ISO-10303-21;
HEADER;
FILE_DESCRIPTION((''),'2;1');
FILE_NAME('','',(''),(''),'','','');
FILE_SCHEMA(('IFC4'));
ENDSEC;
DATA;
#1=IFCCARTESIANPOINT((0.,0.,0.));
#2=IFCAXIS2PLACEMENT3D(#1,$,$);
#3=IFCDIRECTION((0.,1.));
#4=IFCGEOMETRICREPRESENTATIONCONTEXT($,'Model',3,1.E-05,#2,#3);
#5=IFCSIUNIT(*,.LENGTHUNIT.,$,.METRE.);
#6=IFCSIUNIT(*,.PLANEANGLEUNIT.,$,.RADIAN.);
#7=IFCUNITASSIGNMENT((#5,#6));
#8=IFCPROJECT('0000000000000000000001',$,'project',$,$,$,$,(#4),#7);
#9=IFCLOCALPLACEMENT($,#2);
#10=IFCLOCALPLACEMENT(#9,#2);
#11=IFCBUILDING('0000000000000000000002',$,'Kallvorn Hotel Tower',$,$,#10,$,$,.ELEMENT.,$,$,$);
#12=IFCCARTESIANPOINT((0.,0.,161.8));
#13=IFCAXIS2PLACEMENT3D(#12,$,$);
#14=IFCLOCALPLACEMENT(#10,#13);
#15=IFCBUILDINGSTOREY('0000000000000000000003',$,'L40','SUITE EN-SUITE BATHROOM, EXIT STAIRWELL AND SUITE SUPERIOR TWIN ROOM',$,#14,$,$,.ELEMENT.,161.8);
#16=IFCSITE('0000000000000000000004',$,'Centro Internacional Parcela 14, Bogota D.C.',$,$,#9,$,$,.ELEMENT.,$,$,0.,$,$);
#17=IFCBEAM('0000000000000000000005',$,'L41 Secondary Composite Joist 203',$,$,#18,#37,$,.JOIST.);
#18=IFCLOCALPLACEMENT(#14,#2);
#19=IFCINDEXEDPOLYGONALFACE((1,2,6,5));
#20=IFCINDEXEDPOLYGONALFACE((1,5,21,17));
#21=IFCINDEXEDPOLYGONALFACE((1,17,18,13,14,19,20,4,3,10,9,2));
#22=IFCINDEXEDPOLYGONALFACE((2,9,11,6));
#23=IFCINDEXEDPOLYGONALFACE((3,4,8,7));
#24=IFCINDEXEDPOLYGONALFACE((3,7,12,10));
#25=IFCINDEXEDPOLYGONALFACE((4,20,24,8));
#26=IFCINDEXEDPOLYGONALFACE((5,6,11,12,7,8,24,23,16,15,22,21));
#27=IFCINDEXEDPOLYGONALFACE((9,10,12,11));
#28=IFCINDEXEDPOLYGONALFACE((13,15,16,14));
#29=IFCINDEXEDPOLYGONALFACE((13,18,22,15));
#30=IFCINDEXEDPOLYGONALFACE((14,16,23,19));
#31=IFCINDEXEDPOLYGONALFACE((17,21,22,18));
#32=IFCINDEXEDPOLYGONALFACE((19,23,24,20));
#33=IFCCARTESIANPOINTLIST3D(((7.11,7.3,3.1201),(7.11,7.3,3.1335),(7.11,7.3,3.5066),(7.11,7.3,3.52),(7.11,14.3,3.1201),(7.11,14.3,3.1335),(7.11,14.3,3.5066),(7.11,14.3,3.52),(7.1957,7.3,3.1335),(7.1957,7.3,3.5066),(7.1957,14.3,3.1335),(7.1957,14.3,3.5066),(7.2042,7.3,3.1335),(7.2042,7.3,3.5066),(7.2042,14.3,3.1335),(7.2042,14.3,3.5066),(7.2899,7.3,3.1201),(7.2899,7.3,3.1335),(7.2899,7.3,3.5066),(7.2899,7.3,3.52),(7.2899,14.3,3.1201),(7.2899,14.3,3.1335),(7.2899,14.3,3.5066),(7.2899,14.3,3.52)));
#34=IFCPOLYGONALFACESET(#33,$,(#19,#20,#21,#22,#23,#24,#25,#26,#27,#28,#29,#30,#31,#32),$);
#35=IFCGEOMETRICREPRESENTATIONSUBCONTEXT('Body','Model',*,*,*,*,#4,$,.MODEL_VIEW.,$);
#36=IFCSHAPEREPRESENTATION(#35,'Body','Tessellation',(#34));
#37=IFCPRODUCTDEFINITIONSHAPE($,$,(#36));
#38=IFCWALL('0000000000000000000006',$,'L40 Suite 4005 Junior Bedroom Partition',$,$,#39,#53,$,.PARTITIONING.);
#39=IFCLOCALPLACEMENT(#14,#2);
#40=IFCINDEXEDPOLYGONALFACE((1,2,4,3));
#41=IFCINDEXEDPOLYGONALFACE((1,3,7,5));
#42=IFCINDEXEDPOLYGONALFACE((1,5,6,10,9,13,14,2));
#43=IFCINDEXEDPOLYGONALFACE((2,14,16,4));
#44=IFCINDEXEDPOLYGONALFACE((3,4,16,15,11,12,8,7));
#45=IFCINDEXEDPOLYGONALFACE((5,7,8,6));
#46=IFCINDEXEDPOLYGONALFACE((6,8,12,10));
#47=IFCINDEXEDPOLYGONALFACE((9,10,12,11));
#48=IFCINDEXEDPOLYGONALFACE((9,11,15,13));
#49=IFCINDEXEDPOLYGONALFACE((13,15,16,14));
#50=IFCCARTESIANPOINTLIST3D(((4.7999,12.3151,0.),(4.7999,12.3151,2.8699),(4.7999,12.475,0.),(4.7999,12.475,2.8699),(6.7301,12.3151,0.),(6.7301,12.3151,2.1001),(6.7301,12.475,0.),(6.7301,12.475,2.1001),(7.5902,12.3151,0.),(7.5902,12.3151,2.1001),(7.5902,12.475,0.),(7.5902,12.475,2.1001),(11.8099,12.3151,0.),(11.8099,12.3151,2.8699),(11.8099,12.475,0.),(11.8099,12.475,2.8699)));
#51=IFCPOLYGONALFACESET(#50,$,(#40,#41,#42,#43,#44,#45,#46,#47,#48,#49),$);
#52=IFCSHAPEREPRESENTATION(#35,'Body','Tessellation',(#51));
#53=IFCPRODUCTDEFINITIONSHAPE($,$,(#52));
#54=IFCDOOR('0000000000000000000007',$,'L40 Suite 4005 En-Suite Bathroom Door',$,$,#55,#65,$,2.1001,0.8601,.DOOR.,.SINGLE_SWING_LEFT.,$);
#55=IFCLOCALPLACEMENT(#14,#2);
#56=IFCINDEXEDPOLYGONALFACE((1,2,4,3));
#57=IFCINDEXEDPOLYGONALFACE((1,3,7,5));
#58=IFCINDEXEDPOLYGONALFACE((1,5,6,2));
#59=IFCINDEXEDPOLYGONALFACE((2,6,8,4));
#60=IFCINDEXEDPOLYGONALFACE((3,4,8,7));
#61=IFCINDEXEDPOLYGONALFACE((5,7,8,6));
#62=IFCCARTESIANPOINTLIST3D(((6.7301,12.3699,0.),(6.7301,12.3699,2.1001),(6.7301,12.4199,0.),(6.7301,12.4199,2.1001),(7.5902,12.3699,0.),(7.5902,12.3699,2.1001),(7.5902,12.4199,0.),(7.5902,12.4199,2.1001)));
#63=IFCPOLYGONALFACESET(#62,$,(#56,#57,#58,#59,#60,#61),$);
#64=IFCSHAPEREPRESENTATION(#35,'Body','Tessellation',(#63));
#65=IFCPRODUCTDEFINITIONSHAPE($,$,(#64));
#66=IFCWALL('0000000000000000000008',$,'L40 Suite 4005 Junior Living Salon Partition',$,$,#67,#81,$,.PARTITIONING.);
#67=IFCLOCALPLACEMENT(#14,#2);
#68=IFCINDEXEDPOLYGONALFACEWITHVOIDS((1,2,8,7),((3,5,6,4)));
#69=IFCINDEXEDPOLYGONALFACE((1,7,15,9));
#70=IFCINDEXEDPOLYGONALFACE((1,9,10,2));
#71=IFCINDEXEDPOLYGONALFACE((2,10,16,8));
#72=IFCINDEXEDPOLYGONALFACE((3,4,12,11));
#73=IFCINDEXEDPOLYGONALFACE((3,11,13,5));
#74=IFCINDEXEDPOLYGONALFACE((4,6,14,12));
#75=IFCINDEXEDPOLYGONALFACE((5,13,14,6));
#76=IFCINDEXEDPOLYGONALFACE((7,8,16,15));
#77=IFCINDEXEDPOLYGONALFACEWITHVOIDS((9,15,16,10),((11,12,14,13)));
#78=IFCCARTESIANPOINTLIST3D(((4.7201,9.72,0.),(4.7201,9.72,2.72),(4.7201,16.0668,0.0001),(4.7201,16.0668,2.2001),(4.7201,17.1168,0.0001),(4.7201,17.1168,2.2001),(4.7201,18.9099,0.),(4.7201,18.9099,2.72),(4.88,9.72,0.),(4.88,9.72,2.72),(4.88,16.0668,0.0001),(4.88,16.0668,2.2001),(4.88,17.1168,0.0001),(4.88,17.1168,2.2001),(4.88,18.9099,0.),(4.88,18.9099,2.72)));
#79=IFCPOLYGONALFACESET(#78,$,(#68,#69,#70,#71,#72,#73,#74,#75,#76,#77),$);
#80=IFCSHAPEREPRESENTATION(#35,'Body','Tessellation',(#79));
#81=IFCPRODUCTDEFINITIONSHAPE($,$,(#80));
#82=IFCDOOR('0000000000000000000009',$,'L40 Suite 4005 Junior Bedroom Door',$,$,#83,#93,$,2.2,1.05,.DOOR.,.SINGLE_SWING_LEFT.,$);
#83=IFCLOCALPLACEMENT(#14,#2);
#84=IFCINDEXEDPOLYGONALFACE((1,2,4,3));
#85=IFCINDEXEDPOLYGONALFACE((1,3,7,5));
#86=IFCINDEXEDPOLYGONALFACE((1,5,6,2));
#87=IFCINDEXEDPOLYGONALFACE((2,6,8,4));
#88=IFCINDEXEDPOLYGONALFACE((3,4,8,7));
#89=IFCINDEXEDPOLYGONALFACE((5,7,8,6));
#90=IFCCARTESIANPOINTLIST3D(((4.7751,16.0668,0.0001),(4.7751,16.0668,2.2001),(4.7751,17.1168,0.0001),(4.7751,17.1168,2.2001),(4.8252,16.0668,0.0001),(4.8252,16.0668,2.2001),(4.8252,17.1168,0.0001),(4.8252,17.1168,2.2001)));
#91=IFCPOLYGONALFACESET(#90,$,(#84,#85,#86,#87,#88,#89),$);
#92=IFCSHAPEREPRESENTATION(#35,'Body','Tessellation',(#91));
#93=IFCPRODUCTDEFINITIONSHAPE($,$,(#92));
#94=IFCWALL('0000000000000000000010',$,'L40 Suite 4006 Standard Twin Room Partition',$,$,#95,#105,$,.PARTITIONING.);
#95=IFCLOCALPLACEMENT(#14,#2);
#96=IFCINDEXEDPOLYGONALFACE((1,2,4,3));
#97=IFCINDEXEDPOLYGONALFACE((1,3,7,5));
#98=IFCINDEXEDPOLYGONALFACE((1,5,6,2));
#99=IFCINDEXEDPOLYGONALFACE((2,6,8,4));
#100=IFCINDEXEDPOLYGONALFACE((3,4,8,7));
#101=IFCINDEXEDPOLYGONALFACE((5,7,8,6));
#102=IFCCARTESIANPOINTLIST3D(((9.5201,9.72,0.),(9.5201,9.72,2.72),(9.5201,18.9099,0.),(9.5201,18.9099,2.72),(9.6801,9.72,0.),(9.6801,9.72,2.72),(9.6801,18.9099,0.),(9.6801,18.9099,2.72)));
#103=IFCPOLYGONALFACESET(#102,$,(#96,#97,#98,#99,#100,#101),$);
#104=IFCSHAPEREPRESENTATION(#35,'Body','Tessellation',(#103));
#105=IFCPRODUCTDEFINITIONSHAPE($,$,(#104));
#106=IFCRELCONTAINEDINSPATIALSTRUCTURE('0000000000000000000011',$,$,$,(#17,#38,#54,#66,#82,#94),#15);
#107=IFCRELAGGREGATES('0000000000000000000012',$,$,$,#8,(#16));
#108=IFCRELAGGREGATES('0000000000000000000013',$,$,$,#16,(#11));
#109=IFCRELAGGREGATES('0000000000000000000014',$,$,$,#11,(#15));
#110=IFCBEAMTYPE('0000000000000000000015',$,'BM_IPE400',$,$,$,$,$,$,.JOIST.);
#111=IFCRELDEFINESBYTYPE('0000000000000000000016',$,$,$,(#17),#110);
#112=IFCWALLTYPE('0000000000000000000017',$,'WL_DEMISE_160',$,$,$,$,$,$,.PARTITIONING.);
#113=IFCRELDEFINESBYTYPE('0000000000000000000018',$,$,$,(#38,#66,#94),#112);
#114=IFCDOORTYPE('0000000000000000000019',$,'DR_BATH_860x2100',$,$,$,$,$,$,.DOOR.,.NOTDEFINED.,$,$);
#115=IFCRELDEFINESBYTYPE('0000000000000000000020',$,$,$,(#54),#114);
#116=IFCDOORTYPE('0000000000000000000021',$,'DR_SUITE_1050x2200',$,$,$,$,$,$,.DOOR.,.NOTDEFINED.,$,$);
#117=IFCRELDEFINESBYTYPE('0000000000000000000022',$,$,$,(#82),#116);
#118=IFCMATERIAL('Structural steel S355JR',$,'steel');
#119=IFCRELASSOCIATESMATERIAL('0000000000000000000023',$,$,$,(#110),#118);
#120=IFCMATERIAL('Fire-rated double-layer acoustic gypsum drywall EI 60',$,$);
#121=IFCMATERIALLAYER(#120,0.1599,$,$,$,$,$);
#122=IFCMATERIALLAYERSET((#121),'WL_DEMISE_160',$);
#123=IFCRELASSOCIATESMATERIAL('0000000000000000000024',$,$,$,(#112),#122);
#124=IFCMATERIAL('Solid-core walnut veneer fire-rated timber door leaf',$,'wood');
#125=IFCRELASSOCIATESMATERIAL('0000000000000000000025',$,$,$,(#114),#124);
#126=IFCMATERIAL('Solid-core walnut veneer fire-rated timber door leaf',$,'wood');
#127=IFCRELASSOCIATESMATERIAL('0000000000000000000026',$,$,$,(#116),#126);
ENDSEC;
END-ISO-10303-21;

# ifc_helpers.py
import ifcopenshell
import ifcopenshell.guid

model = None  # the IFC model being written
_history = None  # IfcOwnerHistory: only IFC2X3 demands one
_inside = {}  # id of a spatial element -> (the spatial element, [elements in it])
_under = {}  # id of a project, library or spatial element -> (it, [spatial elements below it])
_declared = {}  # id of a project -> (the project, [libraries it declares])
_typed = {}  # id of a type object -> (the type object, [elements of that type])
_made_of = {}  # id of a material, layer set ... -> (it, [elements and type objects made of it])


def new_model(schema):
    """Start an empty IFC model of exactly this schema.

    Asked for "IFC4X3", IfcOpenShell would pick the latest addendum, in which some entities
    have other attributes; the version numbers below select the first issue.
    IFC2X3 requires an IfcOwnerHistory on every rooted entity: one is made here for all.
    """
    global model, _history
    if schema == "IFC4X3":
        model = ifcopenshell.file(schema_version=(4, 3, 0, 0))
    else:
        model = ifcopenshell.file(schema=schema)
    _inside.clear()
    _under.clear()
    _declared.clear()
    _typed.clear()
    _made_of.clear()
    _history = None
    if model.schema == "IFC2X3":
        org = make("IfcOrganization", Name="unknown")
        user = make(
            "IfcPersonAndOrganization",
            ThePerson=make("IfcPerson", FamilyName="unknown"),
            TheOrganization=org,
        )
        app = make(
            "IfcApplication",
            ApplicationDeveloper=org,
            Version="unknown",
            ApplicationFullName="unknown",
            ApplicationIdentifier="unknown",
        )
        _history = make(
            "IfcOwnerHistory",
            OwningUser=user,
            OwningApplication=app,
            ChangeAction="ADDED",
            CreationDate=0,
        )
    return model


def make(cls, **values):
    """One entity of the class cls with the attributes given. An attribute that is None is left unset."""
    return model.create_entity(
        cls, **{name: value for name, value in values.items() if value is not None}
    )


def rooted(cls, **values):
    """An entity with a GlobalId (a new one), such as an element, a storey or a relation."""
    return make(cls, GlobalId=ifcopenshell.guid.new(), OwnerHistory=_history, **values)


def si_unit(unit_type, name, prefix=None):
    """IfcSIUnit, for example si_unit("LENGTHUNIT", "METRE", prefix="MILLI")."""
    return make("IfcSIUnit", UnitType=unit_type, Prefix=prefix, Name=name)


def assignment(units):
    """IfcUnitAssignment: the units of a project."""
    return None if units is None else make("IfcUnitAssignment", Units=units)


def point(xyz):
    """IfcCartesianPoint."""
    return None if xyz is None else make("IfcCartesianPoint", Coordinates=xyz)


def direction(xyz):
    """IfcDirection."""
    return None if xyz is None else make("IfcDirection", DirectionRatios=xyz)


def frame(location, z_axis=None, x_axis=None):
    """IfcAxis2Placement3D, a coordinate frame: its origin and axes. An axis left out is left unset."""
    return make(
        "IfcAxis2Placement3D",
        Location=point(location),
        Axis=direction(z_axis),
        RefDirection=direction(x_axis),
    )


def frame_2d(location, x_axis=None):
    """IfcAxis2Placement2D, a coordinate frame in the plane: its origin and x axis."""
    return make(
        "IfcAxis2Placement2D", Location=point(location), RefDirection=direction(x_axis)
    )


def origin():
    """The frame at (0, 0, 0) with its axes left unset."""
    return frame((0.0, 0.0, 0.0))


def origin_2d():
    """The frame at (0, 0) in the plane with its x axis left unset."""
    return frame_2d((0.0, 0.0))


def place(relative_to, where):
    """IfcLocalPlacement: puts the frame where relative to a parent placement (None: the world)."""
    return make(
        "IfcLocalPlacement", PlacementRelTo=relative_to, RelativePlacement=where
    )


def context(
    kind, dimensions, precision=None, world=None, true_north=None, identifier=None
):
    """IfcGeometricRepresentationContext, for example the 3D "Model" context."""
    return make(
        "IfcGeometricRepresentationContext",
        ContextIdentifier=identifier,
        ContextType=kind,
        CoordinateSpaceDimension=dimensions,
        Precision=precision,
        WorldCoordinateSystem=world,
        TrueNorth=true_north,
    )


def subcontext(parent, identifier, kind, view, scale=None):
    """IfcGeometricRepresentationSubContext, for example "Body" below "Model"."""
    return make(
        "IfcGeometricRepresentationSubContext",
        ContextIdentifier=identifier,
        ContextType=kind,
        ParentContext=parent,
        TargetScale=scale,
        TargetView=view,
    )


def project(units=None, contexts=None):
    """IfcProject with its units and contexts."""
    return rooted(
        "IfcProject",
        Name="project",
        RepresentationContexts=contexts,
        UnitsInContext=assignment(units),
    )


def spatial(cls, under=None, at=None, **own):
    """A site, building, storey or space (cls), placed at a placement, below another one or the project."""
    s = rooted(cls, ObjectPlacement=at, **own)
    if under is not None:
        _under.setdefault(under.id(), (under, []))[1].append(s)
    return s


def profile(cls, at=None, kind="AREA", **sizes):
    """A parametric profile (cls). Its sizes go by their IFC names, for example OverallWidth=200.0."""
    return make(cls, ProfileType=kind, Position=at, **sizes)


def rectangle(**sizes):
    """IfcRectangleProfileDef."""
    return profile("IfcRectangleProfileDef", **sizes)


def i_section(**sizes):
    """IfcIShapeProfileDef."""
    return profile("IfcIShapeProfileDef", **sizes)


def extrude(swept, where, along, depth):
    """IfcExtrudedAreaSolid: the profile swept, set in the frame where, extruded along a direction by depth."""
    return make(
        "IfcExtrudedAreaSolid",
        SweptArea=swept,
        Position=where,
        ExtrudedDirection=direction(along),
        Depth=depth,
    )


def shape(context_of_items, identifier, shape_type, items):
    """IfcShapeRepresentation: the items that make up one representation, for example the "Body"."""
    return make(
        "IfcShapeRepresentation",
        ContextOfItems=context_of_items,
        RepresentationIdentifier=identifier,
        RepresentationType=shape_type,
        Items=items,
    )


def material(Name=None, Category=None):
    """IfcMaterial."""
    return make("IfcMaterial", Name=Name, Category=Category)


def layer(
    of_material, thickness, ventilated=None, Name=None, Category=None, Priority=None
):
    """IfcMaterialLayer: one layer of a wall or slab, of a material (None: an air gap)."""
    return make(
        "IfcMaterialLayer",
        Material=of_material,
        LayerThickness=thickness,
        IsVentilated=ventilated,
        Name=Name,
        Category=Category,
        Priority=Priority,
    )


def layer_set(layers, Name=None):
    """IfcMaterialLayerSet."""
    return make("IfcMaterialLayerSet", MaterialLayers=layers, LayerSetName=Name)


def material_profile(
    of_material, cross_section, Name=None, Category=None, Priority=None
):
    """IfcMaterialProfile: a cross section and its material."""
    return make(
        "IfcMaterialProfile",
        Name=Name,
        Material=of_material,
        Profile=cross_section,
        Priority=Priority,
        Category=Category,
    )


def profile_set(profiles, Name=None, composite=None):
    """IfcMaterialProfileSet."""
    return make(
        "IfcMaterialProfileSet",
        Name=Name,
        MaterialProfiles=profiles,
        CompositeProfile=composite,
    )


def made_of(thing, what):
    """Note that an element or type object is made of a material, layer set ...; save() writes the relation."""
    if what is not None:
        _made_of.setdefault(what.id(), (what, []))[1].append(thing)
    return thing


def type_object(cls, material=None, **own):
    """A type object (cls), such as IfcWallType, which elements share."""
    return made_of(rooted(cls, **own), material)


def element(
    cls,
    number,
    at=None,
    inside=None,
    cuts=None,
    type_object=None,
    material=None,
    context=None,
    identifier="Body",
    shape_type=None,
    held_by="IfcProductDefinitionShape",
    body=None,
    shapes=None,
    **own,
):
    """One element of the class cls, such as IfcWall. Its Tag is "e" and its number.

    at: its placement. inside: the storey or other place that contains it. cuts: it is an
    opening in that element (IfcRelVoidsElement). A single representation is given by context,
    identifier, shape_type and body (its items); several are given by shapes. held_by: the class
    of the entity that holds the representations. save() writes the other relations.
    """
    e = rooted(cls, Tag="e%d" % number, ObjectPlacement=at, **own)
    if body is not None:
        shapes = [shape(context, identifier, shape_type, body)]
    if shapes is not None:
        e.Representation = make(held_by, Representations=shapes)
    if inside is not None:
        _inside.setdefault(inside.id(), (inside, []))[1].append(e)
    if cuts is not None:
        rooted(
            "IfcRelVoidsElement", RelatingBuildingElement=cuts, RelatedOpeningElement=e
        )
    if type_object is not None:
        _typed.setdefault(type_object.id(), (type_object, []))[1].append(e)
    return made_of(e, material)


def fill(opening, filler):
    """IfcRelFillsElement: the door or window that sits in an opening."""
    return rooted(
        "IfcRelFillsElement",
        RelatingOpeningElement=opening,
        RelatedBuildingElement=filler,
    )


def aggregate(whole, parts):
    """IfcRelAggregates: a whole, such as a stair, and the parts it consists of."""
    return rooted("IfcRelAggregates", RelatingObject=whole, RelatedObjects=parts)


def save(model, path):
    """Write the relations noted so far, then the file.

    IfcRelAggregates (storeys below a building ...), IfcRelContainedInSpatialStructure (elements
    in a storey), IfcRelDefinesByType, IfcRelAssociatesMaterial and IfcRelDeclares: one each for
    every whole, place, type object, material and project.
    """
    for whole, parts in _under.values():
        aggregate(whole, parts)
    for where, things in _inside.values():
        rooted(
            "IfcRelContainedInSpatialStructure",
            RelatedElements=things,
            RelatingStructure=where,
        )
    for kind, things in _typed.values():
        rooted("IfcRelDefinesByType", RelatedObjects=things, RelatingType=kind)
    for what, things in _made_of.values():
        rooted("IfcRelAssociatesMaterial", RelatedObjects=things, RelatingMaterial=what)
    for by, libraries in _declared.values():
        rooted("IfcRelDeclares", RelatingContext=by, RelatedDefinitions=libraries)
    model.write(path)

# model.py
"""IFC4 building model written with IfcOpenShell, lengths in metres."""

from ifc_helpers import new_model, si_unit, direction, frame, frame_2d, origin, origin_2d, place, context, subcontext, project, spatial, rectangle, i_section, extrude, material, layer, layer_set, material_profile, profile_set, type_object, element, fill, save


model = new_model("IFC4")

# Units and contexts
model_context = context("Model", 3, precision=1e-05, world=origin(), true_north=direction((0.0, 1.0)))
body_context = subcontext(model_context, "Body", "Model", "MODEL_VIEW")
ifc_project = project(units=[si_unit("LENGTHUNIT", "METRE"), si_unit("PLANEANGLEUNIT", "RADIAN")], contexts=[model_context])

# Site, building, storey
site_placement = place(None, origin())
site = spatial("IfcSite", under=ifc_project, at=site_placement, Name="Centro Internacional Parcela 14, Bogota D.C.", CompositionType="ELEMENT", RefElevation=0.0)
building_placement = place(site_placement, origin())
building = spatial("IfcBuilding", under=site, at=building_placement, Name="Kallvorn Hotel Tower", CompositionType="ELEMENT")
storey_placement = place(building_placement, frame((0.0, 0.0, 161.8)))
storey = spatial("IfcBuildingStorey", under=building, at=storey_placement, Name="L40", Description="SUITE EN-SUITE BATHROOM, EXIT STAIRWELL AND SUITE SUPERIOR TWIN ROOM", CompositionType="ELEMENT", Elevation=161.8)

# Beam
ifc_material_1 = material(Name="Structural steel S355JR", Category="steel")
ifc_material_profile_1 = material_profile(ifc_material_1, i_section(OverallWidth=0.1799, OverallDepth=0.3999, WebThickness=0.0085, FlangeThickness=0.0134, at=origin_2d()), Name="IPE 400")
ifc_profile_set_1 = profile_set([ifc_material_profile_1], Name="Structural steel S355JR")
beam_type_1 = type_object("IfcBeamType", Name="BM_IPE400", PredefinedType="JOIST", material=ifc_profile_set_1)
beam_1_placement = place(storey_placement, frame((7.2, 7.3, 3.3201), z_axis=(0.0, 1.0, 0.0), x_axis=(-1.0, 0.0, 0.0)))
element("IfcBeam", 1, at=beam_1_placement, inside=storey, type_object=beam_type_1, Name="L41 Secondary Composite Joist 203", PredefinedType="JOIST", context=body_context, shape_type="SweptSolid", body=[
    extrude(i_section(OverallWidth=0.1799, OverallDepth=0.3999, WebThickness=0.0085, FlangeThickness=0.0134, at=origin_2d()), origin(), (0.0, 0.0, 1.0), 7.0),
])

# Walls, openings, doors
ifc_material_2 = material(Name="Fire-rated double-layer acoustic gypsum drywall EI 60")
ifc_layer = layer(ifc_material_2, 0.1599)
ifc_layer_set = layer_set([ifc_layer], Name="WL_DEMISE_160")
wall_type = type_object("IfcWallType", Name="WL_DEMISE_160", PredefinedType="PARTITIONING", material=ifc_layer_set)
wall_1_placement = place(storey_placement, frame((4.8, 12.395, 0.0), z_axis=(0.0, 0.0, 1.0), x_axis=(1.0, 0.0, 0.0)))
wall_1 = element("IfcWall", 2, at=wall_1_placement, inside=storey, type_object=wall_type, Name="L40 Suite 4005 Junior Bedroom Partition", PredefinedType="PARTITIONING", context=body_context, shape_type="SweptSolid", body=[
    extrude(rectangle(XDim=7.01, YDim=0.1599, at=frame_2d((3.5049, 0.0))), origin(), (0.0, 0.0, 1.0), 2.8699),
])
opening_1_placement = place(wall_1_placement, frame((1.9299, 0.0, 0.0)))
opening_1 = element("IfcOpeningElement", 3, at=opening_1_placement, cuts=wall_1, PredefinedType="OPENING", context=body_context, shape_type="SweptSolid", body=[
    extrude(rectangle(XDim=0.8601, YDim=2.1001, at=frame_2d((0.4302, 1.05))), frame((0.0, 0.095, 0.0), z_axis=(0.0, -1.0, 0.0), x_axis=(1.0, 0.0, 0.0)), (0.0, 0.0, 1.0), 0.1899),
])
ifc_material_3 = material(Name="Solid-core walnut veneer fire-rated timber door leaf", Category="wood")
door_type_1 = type_object("IfcDoorType", Name="DR_BATH_860x2100", OperationType="NOTDEFINED", PredefinedType="DOOR", material=ifc_material_3)
door_1_placement = place(opening_1_placement, origin())
door_1 = element("IfcDoor", 4, at=door_1_placement, inside=storey, type_object=door_type_1, Name="L40 Suite 4005 En-Suite Bathroom Door", OperationType="SINGLE_SWING_LEFT", OverallHeight=2.1001, OverallWidth=0.8601, PredefinedType="DOOR", context=body_context, shape_type="SweptSolid", body=[
    extrude(rectangle(XDim=0.8601, YDim=2.1001, at=frame_2d((0.4302, 1.05))), frame((0.0, 0.0249, 0.0), z_axis=(0.0, -1.0, 0.0), x_axis=(1.0, 0.0, 0.0)), (0.0, 0.0, 1.0), 0.05),
])
fill(opening_1, door_1)
wall_2_placement = place(storey_placement, frame((4.8, 9.72, 0.0), z_axis=(0.0, 0.0, 1.0), x_axis=(0.0, 1.0, 0.0)))
wall_2 = element("IfcWall", 5, at=wall_2_placement, inside=storey, type_object=wall_type, Name="L40 Suite 4005 Junior Living Salon Partition", PredefinedType="PARTITIONING", context=body_context, shape_type="SweptSolid", body=[
    extrude(rectangle(XDim=9.1899, YDim=0.1599, at=frame_2d((4.595, 0.0))), origin(), (0.0, 0.0, 1.0), 2.72),
])
opening_2_placement = place(wall_2_placement, frame((6.3469, 0.0, 0.0)))
opening_2 = element("IfcOpeningElement", 6, at=opening_2_placement, cuts=wall_2, PredefinedType="OPENING", context=body_context, shape_type="SweptSolid", body=[
    extrude(rectangle(XDim=1.05, YDim=2.2, at=frame_2d((0.5249, 1.1001))), frame((0.0, 0.095, 0.0), z_axis=(0.0, -1.0, 0.0), x_axis=(1.0, 0.0, 0.0)), (0.0, 0.0, 1.0), 0.1899),
])
ifc_material_4 = material(Name="Solid-core walnut veneer fire-rated timber door leaf", Category="wood")
door_type_2 = type_object("IfcDoorType", Name="DR_SUITE_1050x2200", OperationType="NOTDEFINED", PredefinedType="DOOR", material=ifc_material_4)
door_2_placement = place(opening_2_placement, origin())
door_2 = element("IfcDoor", 7, at=door_2_placement, inside=storey, type_object=door_type_2, Name="L40 Suite 4005 Junior Bedroom Door", OperationType="SINGLE_SWING_LEFT", OverallHeight=2.2, OverallWidth=1.05, PredefinedType="DOOR", context=body_context, shape_type="SweptSolid", body=[
    extrude(rectangle(XDim=1.05, YDim=2.2, at=frame_2d((0.5249, 1.1001))), frame((0.0, 0.0249, 0.0), z_axis=(0.0, -1.0, 0.0), x_axis=(1.0, 0.0, 0.0)), (0.0, 0.0, 1.0), 0.05),
])
fill(opening_2, door_2)

# Wall
wall_3_placement = place(storey_placement, frame((9.6001, 9.72, 0.0), z_axis=(0.0, 0.0, 1.0), x_axis=(0.0, 1.0, 0.0)))
element("IfcWall", 8, at=wall_3_placement, inside=storey, type_object=wall_type, Name="L40 Suite 4006 Standard Twin Room Partition", PredefinedType="PARTITIONING", context=body_context, shape_type="SweptSolid", body=[
    extrude(rectangle(XDim=9.1899, YDim=0.1599, at=frame_2d((4.595, 0.0))), origin(), (0.0, 0.0, 1.0), 2.72),
])

save(model, "model.ifc")
